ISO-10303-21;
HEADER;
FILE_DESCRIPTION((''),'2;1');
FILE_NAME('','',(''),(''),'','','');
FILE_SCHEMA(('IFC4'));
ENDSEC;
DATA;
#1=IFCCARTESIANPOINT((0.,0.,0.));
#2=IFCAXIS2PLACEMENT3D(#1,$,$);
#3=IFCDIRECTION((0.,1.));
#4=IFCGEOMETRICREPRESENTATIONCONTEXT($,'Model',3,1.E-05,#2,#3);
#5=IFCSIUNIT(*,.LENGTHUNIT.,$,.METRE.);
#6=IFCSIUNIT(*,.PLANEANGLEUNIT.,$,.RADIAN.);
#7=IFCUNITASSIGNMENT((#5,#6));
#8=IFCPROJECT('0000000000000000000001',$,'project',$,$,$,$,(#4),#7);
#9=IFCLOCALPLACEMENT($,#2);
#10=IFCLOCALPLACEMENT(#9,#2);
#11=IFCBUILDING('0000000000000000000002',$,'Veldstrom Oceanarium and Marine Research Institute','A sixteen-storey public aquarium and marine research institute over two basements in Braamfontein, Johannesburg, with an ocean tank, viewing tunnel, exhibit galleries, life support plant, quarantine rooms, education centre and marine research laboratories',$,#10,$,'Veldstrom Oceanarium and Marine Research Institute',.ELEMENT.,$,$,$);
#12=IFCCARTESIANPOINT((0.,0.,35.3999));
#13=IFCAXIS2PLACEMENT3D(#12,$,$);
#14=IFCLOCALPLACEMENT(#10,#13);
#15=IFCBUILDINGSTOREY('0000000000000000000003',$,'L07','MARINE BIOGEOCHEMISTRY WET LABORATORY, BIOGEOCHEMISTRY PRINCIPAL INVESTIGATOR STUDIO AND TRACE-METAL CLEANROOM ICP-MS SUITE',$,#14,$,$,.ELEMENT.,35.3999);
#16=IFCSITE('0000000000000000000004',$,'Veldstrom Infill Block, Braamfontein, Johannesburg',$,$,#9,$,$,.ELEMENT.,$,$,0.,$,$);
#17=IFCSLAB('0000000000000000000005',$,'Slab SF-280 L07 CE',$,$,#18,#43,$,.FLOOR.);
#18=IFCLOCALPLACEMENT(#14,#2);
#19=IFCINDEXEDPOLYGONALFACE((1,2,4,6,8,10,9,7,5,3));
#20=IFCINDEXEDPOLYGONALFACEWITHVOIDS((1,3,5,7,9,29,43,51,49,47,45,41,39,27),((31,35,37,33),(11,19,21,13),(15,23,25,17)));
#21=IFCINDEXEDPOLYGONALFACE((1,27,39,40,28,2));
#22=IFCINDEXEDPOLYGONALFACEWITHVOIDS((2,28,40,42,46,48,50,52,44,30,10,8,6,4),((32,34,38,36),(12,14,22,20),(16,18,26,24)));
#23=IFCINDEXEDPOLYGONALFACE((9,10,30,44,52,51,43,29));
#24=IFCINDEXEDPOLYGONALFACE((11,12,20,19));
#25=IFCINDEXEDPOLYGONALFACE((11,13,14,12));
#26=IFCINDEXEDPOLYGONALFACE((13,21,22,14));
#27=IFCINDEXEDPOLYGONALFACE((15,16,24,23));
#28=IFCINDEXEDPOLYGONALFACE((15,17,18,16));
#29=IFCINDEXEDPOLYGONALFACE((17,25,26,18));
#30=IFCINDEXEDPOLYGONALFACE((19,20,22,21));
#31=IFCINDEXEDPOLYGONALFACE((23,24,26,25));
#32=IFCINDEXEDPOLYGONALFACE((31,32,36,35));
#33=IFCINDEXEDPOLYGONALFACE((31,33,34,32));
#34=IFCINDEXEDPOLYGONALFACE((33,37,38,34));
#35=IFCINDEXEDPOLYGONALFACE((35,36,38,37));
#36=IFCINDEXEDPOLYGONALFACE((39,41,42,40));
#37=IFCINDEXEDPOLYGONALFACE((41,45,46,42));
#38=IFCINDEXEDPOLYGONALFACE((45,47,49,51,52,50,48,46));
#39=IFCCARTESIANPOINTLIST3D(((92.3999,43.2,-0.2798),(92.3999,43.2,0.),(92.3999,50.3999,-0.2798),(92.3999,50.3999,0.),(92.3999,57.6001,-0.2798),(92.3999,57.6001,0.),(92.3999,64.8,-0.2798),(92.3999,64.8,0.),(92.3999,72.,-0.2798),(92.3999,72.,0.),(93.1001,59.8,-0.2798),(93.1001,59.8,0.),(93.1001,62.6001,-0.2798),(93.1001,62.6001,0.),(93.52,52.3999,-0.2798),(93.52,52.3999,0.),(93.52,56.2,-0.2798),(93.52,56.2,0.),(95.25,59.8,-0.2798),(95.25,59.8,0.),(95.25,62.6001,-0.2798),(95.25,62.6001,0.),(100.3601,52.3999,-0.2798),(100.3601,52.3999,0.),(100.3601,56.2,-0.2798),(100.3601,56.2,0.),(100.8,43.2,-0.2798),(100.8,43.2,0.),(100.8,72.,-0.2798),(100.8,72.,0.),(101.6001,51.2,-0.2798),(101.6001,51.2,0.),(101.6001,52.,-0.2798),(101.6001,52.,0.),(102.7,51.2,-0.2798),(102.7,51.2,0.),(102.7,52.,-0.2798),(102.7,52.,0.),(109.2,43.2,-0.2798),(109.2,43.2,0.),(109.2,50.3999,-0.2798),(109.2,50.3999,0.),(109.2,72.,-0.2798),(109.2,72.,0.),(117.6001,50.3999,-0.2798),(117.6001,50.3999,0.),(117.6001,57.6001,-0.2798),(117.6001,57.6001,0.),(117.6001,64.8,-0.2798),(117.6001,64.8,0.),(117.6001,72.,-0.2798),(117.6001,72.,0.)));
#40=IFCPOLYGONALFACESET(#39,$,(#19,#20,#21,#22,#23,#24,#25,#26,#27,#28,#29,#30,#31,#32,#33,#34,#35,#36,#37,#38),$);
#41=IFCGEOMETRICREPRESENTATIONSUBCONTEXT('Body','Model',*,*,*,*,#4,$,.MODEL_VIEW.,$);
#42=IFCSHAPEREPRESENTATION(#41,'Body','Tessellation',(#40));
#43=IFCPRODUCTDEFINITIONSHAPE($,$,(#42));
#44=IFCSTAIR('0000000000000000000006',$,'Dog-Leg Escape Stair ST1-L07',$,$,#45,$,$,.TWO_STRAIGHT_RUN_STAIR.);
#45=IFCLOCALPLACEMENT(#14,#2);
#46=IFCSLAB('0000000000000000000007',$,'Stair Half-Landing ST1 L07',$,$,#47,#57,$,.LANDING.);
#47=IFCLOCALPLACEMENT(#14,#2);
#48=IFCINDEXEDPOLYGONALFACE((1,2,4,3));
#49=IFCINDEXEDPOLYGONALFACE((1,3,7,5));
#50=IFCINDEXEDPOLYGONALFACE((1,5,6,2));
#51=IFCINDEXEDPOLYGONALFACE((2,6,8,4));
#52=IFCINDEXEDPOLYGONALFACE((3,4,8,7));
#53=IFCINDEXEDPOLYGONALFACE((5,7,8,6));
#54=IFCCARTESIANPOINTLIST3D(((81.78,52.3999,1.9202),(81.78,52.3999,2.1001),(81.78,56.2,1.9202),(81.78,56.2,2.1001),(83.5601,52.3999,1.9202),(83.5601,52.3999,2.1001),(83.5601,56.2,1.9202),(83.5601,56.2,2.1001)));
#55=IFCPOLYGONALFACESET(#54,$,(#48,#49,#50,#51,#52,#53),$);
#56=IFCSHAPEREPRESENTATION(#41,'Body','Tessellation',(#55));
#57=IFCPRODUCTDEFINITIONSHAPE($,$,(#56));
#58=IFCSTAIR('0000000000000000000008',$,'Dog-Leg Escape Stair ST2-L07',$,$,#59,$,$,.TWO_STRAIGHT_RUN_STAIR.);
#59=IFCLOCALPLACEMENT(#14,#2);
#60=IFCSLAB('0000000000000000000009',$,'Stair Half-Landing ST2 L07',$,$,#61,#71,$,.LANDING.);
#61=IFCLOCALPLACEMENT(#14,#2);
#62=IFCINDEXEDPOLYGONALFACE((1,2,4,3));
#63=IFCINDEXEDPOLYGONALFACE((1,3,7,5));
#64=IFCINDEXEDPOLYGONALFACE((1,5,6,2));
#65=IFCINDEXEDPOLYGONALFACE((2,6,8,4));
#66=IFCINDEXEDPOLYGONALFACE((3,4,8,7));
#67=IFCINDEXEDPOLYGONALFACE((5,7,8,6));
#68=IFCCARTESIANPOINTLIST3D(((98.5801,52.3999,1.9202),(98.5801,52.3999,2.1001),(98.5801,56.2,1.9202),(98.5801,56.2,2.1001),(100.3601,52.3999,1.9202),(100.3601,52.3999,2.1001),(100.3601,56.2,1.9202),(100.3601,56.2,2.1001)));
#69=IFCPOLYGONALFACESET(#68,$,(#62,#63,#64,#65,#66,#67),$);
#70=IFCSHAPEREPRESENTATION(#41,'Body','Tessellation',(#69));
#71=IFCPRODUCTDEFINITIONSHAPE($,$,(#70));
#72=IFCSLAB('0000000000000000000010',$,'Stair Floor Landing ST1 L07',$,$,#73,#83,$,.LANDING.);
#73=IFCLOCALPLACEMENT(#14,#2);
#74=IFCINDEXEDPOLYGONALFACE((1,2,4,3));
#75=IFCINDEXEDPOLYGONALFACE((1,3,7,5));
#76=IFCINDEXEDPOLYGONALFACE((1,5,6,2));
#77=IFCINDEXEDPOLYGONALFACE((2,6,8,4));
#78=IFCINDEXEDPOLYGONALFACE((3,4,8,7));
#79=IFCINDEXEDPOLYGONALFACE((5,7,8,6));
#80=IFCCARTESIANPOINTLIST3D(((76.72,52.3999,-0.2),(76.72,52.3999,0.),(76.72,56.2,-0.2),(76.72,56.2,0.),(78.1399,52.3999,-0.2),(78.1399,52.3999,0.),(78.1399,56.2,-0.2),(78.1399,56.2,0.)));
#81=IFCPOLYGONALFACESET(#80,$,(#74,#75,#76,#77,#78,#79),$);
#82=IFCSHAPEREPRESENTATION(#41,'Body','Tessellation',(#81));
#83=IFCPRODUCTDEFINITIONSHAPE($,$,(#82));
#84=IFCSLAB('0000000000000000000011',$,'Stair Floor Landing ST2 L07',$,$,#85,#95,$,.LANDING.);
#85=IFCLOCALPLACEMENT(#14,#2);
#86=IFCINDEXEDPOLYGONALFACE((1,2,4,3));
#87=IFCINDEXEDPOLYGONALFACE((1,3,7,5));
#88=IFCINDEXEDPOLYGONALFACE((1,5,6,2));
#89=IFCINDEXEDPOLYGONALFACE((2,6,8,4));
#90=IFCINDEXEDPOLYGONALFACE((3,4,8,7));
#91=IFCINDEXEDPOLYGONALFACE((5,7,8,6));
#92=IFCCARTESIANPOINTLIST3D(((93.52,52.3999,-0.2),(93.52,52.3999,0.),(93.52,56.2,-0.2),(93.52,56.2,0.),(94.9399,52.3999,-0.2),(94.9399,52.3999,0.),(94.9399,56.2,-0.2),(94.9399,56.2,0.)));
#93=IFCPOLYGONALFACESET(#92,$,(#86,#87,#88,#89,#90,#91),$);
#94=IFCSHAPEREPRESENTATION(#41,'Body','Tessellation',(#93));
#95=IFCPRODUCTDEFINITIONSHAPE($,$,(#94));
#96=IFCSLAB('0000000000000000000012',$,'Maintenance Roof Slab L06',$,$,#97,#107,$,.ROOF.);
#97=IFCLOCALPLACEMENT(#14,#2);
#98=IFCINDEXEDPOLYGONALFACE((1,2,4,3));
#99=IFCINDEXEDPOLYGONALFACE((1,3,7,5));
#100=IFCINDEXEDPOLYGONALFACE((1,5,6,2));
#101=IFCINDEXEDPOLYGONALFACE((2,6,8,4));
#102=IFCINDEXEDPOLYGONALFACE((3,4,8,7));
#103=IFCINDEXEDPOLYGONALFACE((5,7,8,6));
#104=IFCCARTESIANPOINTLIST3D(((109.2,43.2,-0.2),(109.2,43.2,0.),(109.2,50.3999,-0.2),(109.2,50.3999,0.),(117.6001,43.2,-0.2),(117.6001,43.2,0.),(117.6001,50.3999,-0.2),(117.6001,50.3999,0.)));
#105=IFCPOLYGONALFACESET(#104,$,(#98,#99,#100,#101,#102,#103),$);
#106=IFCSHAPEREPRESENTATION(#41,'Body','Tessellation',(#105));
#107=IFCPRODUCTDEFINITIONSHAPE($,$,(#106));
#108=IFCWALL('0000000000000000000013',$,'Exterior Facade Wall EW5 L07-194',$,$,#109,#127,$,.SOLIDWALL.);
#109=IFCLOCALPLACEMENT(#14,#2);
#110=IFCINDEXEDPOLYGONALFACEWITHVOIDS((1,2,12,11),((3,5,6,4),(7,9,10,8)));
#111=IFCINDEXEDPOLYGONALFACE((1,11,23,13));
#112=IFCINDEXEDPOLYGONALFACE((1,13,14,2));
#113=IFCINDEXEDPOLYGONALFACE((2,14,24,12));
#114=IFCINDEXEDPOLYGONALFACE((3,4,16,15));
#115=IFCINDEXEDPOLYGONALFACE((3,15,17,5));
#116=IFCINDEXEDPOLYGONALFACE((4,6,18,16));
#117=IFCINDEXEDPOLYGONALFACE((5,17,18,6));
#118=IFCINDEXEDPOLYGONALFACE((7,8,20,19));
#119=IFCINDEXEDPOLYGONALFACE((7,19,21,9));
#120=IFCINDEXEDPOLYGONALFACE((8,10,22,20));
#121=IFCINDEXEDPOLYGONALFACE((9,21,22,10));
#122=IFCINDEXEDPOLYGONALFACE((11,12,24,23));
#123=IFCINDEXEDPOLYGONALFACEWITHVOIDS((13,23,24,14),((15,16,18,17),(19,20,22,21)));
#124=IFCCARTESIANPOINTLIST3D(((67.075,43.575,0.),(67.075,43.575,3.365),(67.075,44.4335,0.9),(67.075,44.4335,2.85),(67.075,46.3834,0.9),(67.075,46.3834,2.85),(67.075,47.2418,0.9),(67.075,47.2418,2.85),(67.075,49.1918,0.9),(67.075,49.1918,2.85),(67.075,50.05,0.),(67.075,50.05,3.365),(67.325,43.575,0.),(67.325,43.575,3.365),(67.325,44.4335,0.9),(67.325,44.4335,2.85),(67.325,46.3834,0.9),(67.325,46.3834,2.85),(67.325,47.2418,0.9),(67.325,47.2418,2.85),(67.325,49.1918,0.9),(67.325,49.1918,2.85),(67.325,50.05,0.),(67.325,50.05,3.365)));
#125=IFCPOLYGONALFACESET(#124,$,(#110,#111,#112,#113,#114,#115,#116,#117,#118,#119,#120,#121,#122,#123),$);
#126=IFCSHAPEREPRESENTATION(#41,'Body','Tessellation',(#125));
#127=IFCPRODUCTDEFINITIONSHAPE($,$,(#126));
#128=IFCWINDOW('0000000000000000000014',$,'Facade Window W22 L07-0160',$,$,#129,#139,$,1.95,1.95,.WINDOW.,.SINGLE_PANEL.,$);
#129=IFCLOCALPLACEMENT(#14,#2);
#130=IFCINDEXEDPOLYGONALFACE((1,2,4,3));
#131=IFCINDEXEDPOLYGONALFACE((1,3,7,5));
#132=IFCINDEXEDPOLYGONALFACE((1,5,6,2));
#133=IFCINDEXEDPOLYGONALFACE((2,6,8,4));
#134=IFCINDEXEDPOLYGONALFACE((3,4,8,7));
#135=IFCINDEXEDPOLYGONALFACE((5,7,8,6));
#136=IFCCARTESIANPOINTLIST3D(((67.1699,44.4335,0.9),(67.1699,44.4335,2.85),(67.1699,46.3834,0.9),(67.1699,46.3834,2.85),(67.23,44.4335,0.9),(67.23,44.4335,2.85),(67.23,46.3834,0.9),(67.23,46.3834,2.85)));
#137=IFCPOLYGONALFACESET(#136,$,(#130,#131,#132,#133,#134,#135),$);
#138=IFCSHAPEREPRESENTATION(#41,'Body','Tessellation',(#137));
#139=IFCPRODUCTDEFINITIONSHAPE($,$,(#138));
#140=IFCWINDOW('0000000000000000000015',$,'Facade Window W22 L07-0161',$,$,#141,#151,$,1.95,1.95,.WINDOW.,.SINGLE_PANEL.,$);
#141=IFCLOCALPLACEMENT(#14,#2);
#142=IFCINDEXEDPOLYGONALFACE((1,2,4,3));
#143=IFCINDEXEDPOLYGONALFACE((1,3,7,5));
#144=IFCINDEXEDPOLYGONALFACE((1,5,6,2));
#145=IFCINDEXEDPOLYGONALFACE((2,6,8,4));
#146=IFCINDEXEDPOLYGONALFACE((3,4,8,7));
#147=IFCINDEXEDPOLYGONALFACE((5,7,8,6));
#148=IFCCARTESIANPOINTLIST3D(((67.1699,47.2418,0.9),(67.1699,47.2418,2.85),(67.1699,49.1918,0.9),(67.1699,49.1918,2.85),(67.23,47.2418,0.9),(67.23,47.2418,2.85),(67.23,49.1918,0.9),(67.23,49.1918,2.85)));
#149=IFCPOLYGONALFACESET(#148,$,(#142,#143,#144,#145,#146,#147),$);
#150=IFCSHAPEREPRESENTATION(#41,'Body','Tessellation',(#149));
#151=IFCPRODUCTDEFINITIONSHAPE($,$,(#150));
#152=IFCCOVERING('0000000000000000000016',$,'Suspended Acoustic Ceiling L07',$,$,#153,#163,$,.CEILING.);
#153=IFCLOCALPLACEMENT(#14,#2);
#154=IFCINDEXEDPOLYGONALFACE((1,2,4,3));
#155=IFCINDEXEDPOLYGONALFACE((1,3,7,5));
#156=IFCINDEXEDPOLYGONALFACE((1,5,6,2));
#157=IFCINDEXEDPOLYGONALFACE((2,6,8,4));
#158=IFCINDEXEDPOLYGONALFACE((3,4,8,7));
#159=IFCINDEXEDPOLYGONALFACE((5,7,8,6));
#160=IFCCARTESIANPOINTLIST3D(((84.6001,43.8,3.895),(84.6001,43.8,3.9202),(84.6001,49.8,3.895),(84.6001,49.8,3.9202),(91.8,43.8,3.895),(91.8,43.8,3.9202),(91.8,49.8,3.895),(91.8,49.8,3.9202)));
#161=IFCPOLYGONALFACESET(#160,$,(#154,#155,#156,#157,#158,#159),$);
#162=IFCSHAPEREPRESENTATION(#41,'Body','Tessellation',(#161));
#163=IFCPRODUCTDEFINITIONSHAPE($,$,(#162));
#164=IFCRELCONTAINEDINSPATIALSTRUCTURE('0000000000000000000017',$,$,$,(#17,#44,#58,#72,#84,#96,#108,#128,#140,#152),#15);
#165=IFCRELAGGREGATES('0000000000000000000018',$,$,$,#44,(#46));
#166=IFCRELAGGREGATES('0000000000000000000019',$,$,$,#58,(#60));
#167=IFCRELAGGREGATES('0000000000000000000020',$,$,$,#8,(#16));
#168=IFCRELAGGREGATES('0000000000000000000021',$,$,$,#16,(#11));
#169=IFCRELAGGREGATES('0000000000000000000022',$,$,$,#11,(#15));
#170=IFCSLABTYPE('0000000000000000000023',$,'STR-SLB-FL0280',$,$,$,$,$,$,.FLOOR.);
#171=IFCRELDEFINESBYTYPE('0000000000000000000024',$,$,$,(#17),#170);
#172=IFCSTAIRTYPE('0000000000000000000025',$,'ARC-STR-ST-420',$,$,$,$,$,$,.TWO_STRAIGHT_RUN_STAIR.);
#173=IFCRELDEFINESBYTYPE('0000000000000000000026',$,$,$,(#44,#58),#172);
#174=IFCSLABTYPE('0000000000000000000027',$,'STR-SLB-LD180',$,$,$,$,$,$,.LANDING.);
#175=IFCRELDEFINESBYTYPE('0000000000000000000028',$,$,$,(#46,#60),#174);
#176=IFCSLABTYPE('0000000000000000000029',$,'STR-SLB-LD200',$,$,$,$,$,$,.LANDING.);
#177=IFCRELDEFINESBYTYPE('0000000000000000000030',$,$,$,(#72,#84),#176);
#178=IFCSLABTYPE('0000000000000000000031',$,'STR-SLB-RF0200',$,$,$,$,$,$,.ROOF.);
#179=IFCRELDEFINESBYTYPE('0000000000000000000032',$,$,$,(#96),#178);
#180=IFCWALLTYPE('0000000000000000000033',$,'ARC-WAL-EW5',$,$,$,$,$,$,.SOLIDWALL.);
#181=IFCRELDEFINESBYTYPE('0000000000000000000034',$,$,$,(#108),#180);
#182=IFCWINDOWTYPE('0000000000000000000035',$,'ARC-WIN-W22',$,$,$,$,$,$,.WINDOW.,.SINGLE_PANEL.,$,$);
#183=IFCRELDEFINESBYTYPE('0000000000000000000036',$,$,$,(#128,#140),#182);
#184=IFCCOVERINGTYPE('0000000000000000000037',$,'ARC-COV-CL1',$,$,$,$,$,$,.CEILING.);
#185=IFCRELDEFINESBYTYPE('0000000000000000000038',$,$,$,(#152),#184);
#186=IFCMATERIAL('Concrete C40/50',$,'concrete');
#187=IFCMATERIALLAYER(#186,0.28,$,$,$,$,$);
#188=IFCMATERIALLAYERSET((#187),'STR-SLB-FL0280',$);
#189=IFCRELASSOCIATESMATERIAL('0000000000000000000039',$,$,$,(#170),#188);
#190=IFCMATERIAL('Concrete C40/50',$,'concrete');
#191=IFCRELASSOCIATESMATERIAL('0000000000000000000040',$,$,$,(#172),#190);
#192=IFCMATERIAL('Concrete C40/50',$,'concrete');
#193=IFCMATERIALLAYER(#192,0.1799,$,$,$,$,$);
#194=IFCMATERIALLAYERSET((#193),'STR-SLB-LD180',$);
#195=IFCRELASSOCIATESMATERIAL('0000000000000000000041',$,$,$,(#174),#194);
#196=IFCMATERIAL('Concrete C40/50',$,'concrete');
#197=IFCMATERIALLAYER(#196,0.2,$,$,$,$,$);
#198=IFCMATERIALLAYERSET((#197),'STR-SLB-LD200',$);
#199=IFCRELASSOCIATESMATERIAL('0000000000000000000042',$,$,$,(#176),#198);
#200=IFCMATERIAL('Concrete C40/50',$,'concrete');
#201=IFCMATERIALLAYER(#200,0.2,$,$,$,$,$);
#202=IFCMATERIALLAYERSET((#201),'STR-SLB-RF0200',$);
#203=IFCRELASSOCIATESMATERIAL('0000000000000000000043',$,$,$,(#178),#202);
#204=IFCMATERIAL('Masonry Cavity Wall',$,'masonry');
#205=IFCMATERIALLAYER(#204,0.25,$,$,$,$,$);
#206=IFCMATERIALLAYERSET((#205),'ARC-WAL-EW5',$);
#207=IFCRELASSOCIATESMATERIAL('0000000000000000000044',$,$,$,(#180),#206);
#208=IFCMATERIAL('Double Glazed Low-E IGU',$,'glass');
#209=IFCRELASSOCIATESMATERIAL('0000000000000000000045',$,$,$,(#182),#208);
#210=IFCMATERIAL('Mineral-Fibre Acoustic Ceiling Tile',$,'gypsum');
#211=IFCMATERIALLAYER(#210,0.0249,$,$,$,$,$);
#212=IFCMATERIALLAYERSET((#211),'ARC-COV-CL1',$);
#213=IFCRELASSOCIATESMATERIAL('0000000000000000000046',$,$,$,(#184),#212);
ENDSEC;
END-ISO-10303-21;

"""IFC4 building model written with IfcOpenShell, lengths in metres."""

from ifc_helpers import new_model, si_unit, direction, frame, frame_2d, origin, place, context, subcontext, project, spatial, polyline, rectangle, outline, extrude, material, layer, layer_set, type_object, element, fill, aggregate, save


model = new_model("IFC4")

# Units and contexts
model_context = context("Model", 3, precision=1e-05, world=origin(), true_north=direction((0.0, 1.0)))
body_context = subcontext(model_context, "Body", "Model", "MODEL_VIEW")
ifc_project = project(units=[si_unit("LENGTHUNIT", "METRE"), si_unit("PLANEANGLEUNIT", "RADIAN")], contexts=[model_context])

# Site, building, storey
site_placement = place(None, origin())
site = spatial("IfcSite", under=ifc_project, at=site_placement, Name="Veldstrom Infill Block, Braamfontein, Johannesburg", CompositionType="ELEMENT", RefElevation=0.0)
building_placement = place(site_placement, origin())
building = spatial("IfcBuilding", under=site, at=building_placement, Name="Veldstrom Oceanarium and Marine Research Institute", Description="A sixteen-storey public aquarium and marine research institute over two basements in Braamfontein, Johannesburg, with an ocean tank, viewing tunnel, exhibit galleries, life support plant, quarantine rooms, education centre and marine research laboratories", LongName="Veldstrom Oceanarium and Marine Research Institute", CompositionType="ELEMENT")
storey_placement = place(building_placement, frame((0.0, 0.0, 35.3999)))
storey = spatial("IfcBuildingStorey", under=building, at=storey_placement, Name="L07", Description="MARINE BIOGEOCHEMISTRY WET LABORATORY, BIOGEOCHEMISTRY PRINCIPAL INVESTIGATOR STUDIO AND TRACE-METAL CLEANROOM ICP-MS SUITE", CompositionType="ELEMENT", Elevation=35.3999)

# Slab
ifc_material_1 = material(Name="Concrete C40/50", Category="concrete")
ifc_layer_1 = layer(ifc_material_1, 0.28)
ifc_layer_set_1 = layer_set([ifc_layer_1], Name="STR-SLB-FL0280")
slab_type_1 = type_object("IfcSlabType", Name="STR-SLB-FL0280", PredefinedType="FLOOR", material=ifc_layer_set_1)
slab_1_placement = place(storey_placement, frame((0.0, 0.0, -0.2798)))
element("IfcSlab", 1, at=slab_1_placement, inside=storey, type_object=slab_type_1, Name="Slab SF-280 L07 CE", PredefinedType="FLOOR", context=body_context, shape_type="SweptSolid", body=[
    extrude(outline(polyline([(117.6001, 57.6001), (117.6001, 50.3999), (109.2, 50.3999), (109.2, 43.2), (100.8, 43.2), (92.3999, 43.2), (92.3999, 50.3999), (92.3999, 57.6001), (92.3999, 64.8), (92.3999, 72.0), (100.8, 72.0), (109.2, 72.0), (117.6001, 72.0), (117.6001, 64.8), (117.6001, 57.6001)]), holes=[polyline([(93.52, 52.3999), (100.3601, 52.3999), (100.3601, 56.2), (93.52, 56.2), (93.52, 52.3999)]), polyline([(95.25, 62.6001), (93.1001, 62.6001), (93.1001, 59.8), (95.25, 59.8), (95.25, 62.6001)]), polyline([(102.7, 52.0), (101.6001, 52.0), (101.6001, 51.2), (102.7, 51.2), (102.7, 52.0)])]), origin(), (0.0, 0.0, 1.0), 0.2798),
])

# Stairs, slabs
ifc_material_2 = material(Name="Concrete C40/50", Category="concrete")
stair_type = type_object("IfcStairType", Name="ARC-STR-ST-420", PredefinedType="TWO_STRAIGHT_RUN_STAIR", material=ifc_material_2)
stair_1_placement = place(storey_placement, origin())
stair_1 = element("IfcStair", 2, at=stair_1_placement, inside=storey, type_object=stair_type, Name="Dog-Leg Escape Stair ST1-L07", PredefinedType="TWO_STRAIGHT_RUN_STAIR")
ifc_material_3 = material(Name="Concrete C40/50", Category="concrete")
ifc_layer_2 = layer(ifc_material_3, 0.1799)
ifc_layer_set_2 = layer_set([ifc_layer_2], Name="STR-SLB-LD180")
slab_type_2 = type_object("IfcSlabType", Name="STR-SLB-LD180", PredefinedType="LANDING", material=ifc_layer_set_2)
slab_2_placement = place(storey_placement, frame((0.0, 0.0, 1.9202)))
slab_2 = element("IfcSlab", 3, at=slab_2_placement, type_object=slab_type_2, Name="Stair Half-Landing ST1 L07", PredefinedType="LANDING", context=body_context, shape_type="SweptSolid", body=[
    extrude(outline(polyline([(81.78, 52.3999), (83.5601, 52.3999), (83.5601, 56.2), (81.78, 56.2), (81.78, 52.3999)])), origin(), (0.0, 0.0, 1.0), 0.1799),
])
aggregate(stair_1, [slab_2])
stair_2_placement = place(storey_placement, origin())
stair_2 = element("IfcStair", 4, at=stair_2_placement, inside=storey, type_object=stair_type, Name="Dog-Leg Escape Stair ST2-L07", PredefinedType="TWO_STRAIGHT_RUN_STAIR")
slab_3_placement = place(storey_placement, frame((0.0, 0.0, 1.9202)))
slab_3 = element("IfcSlab", 5, at=slab_3_placement, type_object=slab_type_2, Name="Stair Half-Landing ST2 L07", PredefinedType="LANDING", context=body_context, shape_type="SweptSolid", body=[
    extrude(outline(polyline([(98.5801, 52.3999), (100.3601, 52.3999), (100.3601, 56.2), (98.5801, 56.2), (98.5801, 52.3999)])), origin(), (0.0, 0.0, 1.0), 0.1799),
])
aggregate(stair_2, [slab_3])

# Slabs
ifc_material_4 = material(Name="Concrete C40/50", Category="concrete")
ifc_layer_3 = layer(ifc_material_4, 0.2)
ifc_layer_set_3 = layer_set([ifc_layer_3], Name="STR-SLB-LD200")
slab_type_3 = type_object("IfcSlabType", Name="STR-SLB-LD200", PredefinedType="LANDING", material=ifc_layer_set_3)
slab_4_placement = place(storey_placement, frame((0.0, 0.0, -0.2)))
element("IfcSlab", 6, at=slab_4_placement, inside=storey, type_object=slab_type_3, Name="Stair Floor Landing ST1 L07", PredefinedType="LANDING", context=body_context, shape_type="SweptSolid", body=[
    extrude(outline(polyline([(76.72, 52.3999), (78.1399, 52.3999), (78.1399, 56.2), (76.72, 56.2), (76.72, 52.3999)])), origin(), (0.0, 0.0, 1.0), 0.2),
])
slab_5_placement = place(storey_placement, frame((0.0, 0.0, -0.2)))
element("IfcSlab", 7, at=slab_5_placement, inside=storey, type_object=slab_type_3, Name="Stair Floor Landing ST2 L07", PredefinedType="LANDING", context=body_context, shape_type="SweptSolid", body=[
    extrude(outline(polyline([(93.52, 52.3999), (94.9399, 52.3999), (94.9399, 56.2), (93.52, 56.2), (93.52, 52.3999)])), origin(), (0.0, 0.0, 1.0), 0.2),
])
ifc_material_5 = material(Name="Concrete C40/50", Category="concrete")
ifc_layer_4 = layer(ifc_material_5, 0.2)
ifc_layer_set_4 = layer_set([ifc_layer_4], Name="STR-SLB-RF0200")
slab_type_4 = type_object("IfcSlabType", Name="STR-SLB-RF0200", PredefinedType="ROOF", material=ifc_layer_set_4)
slab_6_placement = place(storey_placement, frame((0.0, 0.0, -0.2)))
element("IfcSlab", 8, at=slab_6_placement, inside=storey, type_object=slab_type_4, Name="Maintenance Roof Slab L06", PredefinedType="ROOF", context=body_context, shape_type="SweptSolid", body=[
    extrude(outline(polyline([(117.6001, 43.2), (117.6001, 50.3999), (109.2, 50.3999), (109.2, 43.2), (117.6001, 43.2)])), origin(), (0.0, 0.0, 1.0), 0.2),
])

# Wall, openings, windows
ifc_material_6 = material(Name="Masonry Cavity Wall", Category="masonry")
ifc_layer_5 = layer(ifc_material_6, 0.25)
ifc_layer_set_5 = layer_set([ifc_layer_5], Name="ARC-WAL-EW5")
wall_type = type_object("IfcWallType", Name="ARC-WAL-EW5", PredefinedType="SOLIDWALL", material=ifc_layer_set_5)
wall_placement = place(storey_placement, frame((67.2, 43.575, 0.0), z_axis=(0.0, 0.0, 1.0), x_axis=(0.0, 1.0, 0.0)))
wall = element("IfcWall", 9, at=wall_placement, inside=storey, type_object=wall_type, Name="Exterior Facade Wall EW5 L07-194", PredefinedType="SOLIDWALL", context=body_context, shape_type="SweptSolid", body=[
    extrude(rectangle(XDim=6.4751, YDim=0.25, at=frame_2d((3.2375, 0.0))), origin(), (0.0, 0.0, 1.0), 3.365),
])
opening_1_placement = place(wall_placement, frame((0.8584, 0.0, 0.8999)))
opening_1 = element("IfcOpeningElement", 10, at=opening_1_placement, cuts=wall, PredefinedType="OPENING", context=body_context, shape_type="SweptSolid", body=[
    extrude(rectangle(XDim=1.95, YDim=1.95, at=frame_2d((0.9751, 0.9751))), frame((0.0, 0.135, 0.0), z_axis=(0.0, -1.0, 0.0), x_axis=(1.0, 0.0, 0.0)), (0.0, 0.0, 1.0), 0.27),
])
opening_2_placement = place(wall_placement, frame((3.6667, 0.0, 0.8999)))
opening_2 = element("IfcOpeningElement", 11, at=opening_2_placement, cuts=wall, PredefinedType="OPENING", context=body_context, shape_type="SweptSolid", body=[
    extrude(rectangle(XDim=1.95, YDim=1.95, at=frame_2d((0.9751, 0.9751))), frame((0.0, 0.135, 0.0), z_axis=(0.0, -1.0, 0.0), x_axis=(1.0, 0.0, 0.0)), (0.0, 0.0, 1.0), 0.27),
])
ifc_material_7 = material(Name="Double Glazed Low-E IGU", Category="glass")
window_type = type_object("IfcWindowType", Name="ARC-WIN-W22", PartitioningType="SINGLE_PANEL", PredefinedType="WINDOW", material=ifc_material_7)
window_1_placement = place(opening_1_placement, origin())
window_1 = element("IfcWindow", 12, at=window_1_placement, inside=storey, type_object=window_type, Name="Facade Window W22 L07-0160", OverallHeight=1.95, OverallWidth=1.95, PartitioningType="SINGLE_PANEL", PredefinedType="WINDOW", context=body_context, shape_type="SweptSolid", body=[
    extrude(rectangle(XDim=1.95, YDim=1.95, at=frame_2d((0.9751, 0.9751))), frame((0.0, 0.03, 0.0), z_axis=(0.0, -1.0, 0.0), x_axis=(1.0, 0.0, 0.0)), (0.0, 0.0, 1.0), 0.0601),
])
fill(opening_1, window_1)
window_2_placement = place(opening_2_placement, origin())
window_2 = element("IfcWindow", 13, at=window_2_placement, inside=storey, type_object=window_type, Name="Facade Window W22 L07-0161", OverallHeight=1.95, OverallWidth=1.95, PartitioningType="SINGLE_PANEL", PredefinedType="WINDOW", context=body_context, shape_type="SweptSolid", body=[
    extrude(rectangle(XDim=1.95, YDim=1.95, at=frame_2d((0.9751, 0.9751))), frame((0.0, 0.03, 0.0), z_axis=(0.0, -1.0, 0.0), x_axis=(1.0, 0.0, 0.0)), (0.0, 0.0, 1.0), 0.0601),
])
fill(opening_2, window_2)

# Covering
ifc_material_8 = material(Name="Mineral-Fibre Acoustic Ceiling Tile", Category="gypsum")
ifc_layer_6 = layer(ifc_material_8, 0.0249)
ifc_layer_set_6 = layer_set([ifc_layer_6], Name="ARC-COV-CL1")
covering_type_1 = type_object("IfcCoveringType", Name="ARC-COV-CL1", PredefinedType="CEILING", material=ifc_layer_set_6)
covering_1_placement = place(storey_placement, frame((0.0, 0.0, 3.895)))
element("IfcCovering", 14, at=covering_1_placement, inside=storey, type_object=covering_type_1, Name="Suspended Acoustic Ceiling L07", PredefinedType="CEILING", context=body_context, shape_type="SweptSolid", body=[
    extrude(outline(polyline([(84.6001, 43.8), (91.8, 43.8), (91.8, 49.8), (84.6001, 49.8), (84.6001, 43.8)])), origin(), (0.0, 0.0, 1.0), 0.0251),
])

save(model, "model.ifc")
